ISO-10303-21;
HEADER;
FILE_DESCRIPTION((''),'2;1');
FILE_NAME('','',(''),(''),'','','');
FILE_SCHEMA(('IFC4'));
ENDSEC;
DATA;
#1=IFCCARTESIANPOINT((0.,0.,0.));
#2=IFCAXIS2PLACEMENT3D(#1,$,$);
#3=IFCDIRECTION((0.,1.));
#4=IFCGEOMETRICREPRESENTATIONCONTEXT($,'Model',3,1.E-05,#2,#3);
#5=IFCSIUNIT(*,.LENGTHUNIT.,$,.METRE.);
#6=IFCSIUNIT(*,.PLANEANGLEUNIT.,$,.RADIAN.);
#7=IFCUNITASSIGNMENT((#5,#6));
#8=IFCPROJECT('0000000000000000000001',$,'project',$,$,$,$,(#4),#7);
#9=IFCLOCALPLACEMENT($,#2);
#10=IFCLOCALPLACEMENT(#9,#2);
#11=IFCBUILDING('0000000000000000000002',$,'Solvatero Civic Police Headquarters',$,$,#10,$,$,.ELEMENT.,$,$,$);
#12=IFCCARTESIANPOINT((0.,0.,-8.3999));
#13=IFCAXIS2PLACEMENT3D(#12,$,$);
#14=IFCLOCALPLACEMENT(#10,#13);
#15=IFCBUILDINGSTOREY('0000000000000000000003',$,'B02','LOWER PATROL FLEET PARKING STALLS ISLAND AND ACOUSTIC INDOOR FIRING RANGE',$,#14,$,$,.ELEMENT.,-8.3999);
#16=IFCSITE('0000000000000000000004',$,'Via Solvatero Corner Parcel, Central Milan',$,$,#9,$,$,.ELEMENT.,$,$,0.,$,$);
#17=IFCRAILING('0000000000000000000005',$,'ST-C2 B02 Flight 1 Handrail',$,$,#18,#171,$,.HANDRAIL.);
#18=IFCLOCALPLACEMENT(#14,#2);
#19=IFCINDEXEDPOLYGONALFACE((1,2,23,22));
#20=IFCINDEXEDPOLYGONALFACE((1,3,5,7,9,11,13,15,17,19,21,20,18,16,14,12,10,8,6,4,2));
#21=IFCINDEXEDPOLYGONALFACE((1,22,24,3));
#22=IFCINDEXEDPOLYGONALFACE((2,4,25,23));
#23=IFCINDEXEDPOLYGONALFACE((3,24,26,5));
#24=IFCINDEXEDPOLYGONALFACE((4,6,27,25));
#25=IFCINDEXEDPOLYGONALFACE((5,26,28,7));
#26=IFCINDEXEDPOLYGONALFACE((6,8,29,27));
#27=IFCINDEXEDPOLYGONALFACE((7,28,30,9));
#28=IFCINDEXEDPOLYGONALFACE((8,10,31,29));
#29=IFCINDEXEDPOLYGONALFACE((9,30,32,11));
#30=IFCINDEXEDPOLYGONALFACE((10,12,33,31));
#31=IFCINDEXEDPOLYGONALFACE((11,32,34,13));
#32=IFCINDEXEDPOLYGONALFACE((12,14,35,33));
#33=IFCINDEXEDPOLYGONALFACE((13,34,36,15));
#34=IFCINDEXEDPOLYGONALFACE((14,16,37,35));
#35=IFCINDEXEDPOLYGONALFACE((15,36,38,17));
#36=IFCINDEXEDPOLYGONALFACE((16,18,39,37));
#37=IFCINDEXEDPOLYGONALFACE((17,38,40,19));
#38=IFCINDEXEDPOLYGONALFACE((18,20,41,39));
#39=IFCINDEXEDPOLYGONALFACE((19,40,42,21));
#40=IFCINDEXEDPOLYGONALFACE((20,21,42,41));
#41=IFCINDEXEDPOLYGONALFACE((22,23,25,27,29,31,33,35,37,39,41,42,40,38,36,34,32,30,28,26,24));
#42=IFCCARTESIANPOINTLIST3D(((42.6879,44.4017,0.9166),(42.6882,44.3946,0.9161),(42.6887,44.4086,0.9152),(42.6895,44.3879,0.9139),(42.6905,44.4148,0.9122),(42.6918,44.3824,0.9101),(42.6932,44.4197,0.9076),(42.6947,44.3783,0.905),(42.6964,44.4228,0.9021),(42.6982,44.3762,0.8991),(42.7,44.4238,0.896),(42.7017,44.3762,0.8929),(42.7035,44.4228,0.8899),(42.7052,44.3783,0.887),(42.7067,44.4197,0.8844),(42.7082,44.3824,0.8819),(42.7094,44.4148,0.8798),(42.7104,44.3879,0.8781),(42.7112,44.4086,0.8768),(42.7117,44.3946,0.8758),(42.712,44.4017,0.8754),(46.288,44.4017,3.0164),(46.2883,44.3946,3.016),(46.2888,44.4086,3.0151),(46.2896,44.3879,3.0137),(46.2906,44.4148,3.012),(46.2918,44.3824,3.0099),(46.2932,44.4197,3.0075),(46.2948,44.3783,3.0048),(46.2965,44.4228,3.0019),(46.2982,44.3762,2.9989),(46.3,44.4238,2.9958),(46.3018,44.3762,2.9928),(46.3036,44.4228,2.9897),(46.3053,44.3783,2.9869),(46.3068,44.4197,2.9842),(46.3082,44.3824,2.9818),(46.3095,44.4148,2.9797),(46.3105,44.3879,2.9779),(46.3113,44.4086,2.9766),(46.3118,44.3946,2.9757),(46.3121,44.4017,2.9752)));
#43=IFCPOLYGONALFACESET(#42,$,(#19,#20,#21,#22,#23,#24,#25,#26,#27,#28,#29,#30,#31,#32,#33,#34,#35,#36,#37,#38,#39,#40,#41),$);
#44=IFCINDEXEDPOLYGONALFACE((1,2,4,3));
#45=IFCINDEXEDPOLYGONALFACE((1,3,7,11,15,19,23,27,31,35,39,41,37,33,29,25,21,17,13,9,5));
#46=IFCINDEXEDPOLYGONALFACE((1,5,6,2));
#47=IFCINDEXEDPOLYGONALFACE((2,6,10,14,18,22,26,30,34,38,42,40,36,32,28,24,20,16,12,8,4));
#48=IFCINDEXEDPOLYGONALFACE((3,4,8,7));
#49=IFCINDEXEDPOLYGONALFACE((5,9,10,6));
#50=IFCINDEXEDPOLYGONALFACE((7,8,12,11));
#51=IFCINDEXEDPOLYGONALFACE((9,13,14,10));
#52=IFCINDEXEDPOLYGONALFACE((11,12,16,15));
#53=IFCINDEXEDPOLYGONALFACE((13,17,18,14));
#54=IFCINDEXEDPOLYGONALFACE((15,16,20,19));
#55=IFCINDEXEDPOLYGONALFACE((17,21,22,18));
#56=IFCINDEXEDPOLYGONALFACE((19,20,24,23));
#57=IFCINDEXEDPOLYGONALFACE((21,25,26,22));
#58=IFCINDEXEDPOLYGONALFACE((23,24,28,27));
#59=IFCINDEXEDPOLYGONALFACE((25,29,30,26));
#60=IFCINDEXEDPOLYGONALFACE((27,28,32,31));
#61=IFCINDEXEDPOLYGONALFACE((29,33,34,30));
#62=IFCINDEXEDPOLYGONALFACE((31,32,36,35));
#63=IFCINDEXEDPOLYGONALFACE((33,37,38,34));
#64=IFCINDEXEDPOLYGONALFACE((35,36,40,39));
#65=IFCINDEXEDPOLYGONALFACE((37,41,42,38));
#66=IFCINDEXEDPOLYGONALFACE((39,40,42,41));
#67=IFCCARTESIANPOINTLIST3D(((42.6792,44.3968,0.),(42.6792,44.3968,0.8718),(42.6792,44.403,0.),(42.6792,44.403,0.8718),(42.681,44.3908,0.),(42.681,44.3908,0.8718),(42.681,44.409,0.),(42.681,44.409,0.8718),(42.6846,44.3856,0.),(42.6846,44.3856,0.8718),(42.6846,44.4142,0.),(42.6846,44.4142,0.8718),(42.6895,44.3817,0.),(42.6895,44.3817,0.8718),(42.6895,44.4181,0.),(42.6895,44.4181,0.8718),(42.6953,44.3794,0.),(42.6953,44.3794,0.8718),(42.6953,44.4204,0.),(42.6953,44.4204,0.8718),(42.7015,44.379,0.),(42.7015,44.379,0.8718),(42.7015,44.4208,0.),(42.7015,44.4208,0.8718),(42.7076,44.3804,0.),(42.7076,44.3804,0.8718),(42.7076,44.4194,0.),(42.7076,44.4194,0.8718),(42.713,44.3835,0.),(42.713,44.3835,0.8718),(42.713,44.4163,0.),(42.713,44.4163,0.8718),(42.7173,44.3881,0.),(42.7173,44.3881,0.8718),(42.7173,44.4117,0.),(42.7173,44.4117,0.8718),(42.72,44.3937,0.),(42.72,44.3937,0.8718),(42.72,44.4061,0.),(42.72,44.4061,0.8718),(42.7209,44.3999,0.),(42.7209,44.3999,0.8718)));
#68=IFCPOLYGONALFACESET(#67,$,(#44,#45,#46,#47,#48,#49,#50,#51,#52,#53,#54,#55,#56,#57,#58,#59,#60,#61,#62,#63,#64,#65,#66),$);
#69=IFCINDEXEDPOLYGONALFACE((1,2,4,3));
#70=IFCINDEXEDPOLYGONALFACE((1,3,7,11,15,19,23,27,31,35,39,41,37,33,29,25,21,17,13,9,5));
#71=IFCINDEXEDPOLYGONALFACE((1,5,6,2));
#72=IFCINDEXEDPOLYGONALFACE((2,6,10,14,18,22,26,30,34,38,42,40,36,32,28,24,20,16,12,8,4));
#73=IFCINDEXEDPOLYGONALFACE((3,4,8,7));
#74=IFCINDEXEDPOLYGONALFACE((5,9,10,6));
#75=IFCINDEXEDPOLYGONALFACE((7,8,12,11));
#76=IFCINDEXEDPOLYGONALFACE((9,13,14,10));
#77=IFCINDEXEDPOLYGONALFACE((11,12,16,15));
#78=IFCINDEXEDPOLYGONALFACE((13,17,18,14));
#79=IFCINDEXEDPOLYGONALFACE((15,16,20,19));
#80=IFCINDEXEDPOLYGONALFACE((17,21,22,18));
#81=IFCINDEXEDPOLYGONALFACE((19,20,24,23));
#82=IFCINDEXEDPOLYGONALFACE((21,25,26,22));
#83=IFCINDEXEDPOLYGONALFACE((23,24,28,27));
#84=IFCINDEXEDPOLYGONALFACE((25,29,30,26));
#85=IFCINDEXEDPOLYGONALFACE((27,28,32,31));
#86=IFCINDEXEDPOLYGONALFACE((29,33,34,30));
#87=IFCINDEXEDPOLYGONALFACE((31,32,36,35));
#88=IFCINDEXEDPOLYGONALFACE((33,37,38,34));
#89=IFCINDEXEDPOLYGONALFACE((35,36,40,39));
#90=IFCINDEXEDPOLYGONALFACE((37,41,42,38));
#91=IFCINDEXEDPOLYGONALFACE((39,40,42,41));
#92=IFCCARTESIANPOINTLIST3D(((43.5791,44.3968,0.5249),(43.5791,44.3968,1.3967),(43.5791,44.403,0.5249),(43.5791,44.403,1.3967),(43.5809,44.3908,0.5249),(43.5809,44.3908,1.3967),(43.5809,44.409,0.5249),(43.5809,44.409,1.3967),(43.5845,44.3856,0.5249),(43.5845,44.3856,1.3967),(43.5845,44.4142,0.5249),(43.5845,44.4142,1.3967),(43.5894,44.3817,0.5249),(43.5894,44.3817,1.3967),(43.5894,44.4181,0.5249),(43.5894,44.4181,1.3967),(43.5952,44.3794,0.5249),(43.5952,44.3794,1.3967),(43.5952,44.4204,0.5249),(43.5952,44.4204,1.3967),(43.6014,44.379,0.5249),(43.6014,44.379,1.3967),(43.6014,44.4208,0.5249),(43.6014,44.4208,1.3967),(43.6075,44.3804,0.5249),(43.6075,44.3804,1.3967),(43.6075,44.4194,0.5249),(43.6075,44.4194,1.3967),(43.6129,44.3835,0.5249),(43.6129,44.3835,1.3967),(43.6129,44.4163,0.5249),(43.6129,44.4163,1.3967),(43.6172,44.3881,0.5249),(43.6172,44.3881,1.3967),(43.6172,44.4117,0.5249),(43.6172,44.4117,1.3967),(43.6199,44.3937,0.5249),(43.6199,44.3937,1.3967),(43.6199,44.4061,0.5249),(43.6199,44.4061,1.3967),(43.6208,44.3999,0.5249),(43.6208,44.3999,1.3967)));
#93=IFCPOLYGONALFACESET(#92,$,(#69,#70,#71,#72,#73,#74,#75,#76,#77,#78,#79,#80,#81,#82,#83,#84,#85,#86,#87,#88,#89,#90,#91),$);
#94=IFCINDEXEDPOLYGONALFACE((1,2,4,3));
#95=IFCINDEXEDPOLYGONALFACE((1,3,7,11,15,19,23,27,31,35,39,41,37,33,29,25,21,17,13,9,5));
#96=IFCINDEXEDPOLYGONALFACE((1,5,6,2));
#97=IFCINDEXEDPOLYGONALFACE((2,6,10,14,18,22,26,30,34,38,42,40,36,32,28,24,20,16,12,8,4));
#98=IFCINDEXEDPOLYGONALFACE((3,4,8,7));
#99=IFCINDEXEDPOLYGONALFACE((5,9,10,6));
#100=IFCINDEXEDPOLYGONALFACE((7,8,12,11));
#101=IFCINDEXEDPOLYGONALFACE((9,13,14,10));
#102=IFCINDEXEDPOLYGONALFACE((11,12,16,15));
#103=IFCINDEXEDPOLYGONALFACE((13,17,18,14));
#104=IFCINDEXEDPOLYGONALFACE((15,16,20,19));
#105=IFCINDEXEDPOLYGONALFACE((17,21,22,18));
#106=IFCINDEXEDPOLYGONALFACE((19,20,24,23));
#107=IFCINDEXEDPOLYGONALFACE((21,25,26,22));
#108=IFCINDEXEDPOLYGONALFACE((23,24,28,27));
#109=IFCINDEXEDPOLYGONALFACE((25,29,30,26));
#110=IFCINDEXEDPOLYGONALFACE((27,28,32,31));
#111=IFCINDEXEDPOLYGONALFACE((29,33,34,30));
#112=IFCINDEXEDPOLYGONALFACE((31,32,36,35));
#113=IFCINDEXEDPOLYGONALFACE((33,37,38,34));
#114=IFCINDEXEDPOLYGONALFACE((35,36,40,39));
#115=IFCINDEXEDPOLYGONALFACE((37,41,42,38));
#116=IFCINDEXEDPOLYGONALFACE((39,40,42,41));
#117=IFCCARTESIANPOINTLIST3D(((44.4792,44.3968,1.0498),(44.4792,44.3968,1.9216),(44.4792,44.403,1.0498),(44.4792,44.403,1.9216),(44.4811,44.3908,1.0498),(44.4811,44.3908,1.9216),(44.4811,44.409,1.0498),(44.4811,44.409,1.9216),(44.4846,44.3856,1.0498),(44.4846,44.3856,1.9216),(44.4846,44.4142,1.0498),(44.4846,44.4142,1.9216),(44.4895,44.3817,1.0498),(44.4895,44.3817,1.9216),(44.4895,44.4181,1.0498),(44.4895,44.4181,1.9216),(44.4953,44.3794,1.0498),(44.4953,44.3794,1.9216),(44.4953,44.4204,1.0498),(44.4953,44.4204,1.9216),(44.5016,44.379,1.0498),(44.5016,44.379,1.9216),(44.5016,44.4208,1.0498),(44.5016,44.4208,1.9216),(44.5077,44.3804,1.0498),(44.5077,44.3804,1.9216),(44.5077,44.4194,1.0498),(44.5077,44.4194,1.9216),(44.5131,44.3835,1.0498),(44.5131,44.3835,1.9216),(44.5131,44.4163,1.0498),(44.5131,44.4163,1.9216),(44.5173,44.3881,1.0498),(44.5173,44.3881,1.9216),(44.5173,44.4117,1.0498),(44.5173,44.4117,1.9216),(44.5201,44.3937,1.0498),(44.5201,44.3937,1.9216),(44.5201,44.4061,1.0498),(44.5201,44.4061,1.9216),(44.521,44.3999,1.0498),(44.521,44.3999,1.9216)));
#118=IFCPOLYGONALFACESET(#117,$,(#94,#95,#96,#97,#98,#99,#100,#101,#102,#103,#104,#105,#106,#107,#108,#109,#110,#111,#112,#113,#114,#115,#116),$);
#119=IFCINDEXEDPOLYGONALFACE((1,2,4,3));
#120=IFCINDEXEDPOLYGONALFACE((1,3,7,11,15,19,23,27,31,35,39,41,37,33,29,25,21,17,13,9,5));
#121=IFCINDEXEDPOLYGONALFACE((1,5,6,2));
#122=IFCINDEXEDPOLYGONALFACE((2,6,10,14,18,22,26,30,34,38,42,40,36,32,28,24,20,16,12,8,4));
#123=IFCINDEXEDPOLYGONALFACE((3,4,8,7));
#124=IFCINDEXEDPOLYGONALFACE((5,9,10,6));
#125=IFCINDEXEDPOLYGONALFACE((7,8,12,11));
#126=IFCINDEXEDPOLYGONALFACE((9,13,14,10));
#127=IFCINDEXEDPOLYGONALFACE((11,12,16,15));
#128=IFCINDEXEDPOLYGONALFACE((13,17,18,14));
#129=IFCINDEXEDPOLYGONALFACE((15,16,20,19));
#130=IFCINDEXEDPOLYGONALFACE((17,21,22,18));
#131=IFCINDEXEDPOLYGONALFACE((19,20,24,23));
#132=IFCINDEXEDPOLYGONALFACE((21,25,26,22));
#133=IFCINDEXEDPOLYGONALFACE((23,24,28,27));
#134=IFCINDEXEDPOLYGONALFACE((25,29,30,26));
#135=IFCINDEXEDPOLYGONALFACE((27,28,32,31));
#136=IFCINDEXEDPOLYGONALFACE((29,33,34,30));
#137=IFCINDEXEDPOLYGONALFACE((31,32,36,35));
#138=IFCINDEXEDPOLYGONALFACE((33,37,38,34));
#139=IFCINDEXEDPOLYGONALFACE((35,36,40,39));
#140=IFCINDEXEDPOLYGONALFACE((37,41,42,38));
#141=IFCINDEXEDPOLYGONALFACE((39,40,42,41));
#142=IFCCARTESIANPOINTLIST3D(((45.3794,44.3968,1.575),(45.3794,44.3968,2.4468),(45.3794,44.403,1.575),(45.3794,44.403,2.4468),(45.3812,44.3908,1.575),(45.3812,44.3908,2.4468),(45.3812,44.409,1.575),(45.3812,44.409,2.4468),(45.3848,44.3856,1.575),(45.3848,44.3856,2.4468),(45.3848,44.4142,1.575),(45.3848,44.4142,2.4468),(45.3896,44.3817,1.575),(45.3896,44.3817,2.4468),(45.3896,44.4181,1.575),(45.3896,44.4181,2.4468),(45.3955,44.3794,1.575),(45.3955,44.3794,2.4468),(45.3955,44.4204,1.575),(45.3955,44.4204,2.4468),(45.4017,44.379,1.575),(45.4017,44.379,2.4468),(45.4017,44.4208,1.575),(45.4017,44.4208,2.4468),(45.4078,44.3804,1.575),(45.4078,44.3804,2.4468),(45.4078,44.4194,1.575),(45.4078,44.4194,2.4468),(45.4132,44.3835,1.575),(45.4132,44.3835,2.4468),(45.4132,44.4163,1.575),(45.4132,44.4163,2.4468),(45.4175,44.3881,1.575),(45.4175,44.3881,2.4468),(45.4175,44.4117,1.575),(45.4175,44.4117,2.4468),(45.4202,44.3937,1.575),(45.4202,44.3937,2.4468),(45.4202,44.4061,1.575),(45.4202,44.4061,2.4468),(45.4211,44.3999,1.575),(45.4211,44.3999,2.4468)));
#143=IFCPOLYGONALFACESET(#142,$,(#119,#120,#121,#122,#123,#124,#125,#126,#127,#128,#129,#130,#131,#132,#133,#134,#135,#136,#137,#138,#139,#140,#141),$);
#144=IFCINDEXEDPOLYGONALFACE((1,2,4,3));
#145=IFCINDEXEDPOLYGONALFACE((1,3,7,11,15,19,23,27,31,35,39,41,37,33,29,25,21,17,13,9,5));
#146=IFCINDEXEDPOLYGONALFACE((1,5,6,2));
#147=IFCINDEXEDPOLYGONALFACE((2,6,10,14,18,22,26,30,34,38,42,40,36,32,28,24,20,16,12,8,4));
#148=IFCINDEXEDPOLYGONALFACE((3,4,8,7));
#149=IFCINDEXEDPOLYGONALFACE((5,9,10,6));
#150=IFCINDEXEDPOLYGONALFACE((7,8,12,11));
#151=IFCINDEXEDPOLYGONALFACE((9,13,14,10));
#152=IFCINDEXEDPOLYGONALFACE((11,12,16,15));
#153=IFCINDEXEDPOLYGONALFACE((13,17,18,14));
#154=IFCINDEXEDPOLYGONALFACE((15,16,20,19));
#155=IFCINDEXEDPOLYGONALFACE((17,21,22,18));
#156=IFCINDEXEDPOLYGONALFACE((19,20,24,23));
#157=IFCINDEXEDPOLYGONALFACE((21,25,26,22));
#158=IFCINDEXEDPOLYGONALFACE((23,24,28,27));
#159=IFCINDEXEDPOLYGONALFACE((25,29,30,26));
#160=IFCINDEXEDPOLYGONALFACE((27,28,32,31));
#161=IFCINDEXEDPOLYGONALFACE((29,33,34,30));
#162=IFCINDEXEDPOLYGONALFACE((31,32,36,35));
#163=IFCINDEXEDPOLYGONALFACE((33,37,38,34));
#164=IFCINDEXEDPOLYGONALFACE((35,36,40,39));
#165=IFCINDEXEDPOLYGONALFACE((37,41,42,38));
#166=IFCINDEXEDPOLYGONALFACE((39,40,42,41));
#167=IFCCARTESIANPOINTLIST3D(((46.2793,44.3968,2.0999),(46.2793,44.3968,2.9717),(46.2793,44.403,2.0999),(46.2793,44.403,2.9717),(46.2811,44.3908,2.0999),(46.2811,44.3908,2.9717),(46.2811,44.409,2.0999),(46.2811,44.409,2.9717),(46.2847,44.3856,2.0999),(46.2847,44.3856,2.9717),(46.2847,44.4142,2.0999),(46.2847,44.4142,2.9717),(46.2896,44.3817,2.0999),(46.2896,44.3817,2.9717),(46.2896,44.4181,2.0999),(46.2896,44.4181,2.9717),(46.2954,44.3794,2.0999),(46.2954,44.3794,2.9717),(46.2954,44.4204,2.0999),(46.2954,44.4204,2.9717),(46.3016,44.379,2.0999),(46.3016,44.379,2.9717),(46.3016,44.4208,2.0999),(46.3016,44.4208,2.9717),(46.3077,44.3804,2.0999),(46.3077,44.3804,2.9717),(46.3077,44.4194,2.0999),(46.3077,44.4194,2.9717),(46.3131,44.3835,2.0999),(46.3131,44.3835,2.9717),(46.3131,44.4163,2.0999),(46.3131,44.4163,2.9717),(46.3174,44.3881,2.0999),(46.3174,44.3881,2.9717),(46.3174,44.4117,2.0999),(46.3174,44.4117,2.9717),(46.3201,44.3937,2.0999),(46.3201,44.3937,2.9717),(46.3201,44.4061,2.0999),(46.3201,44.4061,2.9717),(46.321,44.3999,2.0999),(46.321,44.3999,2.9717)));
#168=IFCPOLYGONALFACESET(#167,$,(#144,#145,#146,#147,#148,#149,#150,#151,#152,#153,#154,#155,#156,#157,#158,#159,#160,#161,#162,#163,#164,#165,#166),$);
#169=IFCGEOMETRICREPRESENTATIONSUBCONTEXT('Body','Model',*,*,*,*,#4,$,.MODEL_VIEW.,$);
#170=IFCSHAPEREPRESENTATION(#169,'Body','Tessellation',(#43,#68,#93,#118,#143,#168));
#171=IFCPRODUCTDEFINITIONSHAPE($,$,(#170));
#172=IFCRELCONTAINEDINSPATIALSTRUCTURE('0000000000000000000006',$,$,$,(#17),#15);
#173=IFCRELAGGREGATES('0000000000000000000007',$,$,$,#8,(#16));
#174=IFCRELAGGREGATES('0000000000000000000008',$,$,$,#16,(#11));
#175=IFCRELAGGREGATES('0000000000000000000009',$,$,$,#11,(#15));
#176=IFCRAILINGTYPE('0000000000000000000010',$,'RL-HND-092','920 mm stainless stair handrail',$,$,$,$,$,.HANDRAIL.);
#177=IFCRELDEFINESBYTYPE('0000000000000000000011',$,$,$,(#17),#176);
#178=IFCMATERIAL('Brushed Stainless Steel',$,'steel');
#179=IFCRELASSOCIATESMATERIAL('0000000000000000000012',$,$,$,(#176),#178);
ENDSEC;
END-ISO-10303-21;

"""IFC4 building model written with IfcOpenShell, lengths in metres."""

from ifc_helpers import new_model, si_unit, direction, frame, origin, origin_2d, place, context, subcontext, project, spatial, circle, extrude, material, type_object, element, save


model = new_model("IFC4")

# Units and contexts
model_context = context("Model", 3, precision=1e-05, world=origin(), true_north=direction((0.0, 1.0)))
body_context = subcontext(model_context, "Body", "Model", "MODEL_VIEW")
ifc_project = project(units=[si_unit("LENGTHUNIT", "METRE"), si_unit("PLANEANGLEUNIT", "RADIAN")], contexts=[model_context])

# Site, building, storey
site_placement = place(None, origin())
site = spatial("IfcSite", under=ifc_project, at=site_placement, Name="Via Solvatero Corner Parcel, Central Milan", CompositionType="ELEMENT", RefElevation=0.0)
building_placement = place(site_placement, origin())
building = spatial("IfcBuilding", under=site, at=building_placement, Name="Solvatero Civic Police Headquarters", CompositionType="ELEMENT")
storey_placement = place(building_placement, frame((0.0, 0.0, -8.3999)))
storey = spatial("IfcBuildingStorey", under=building, at=storey_placement, Name="B02", Description="LOWER PATROL FLEET PARKING STALLS ISLAND AND ACOUSTIC INDOOR FIRING RANGE", CompositionType="ELEMENT", Elevation=-8.3999)

# Railing
ifc_material_1 = material(Name="Brushed Stainless Steel", Category="steel")
railing_type_1 = type_object("IfcRailingType", Name="RL-HND-092", Description="920 mm stainless stair handrail", PredefinedType="HANDRAIL", material=ifc_material_1)
railing_1_placement = place(storey_placement, frame((42.7, 44.3999, 0.0)))
element("IfcRailing", 1, at=railing_1_placement, inside=storey, type_object=railing_type_1, Name="ST-C2 B02 Flight 1 Handrail", PredefinedType="HANDRAIL", context=body_context, shape_type="SweptSolid", body=[
    extrude(circle(Radius=0.0239, at=origin_2d()), frame((0.0, 0.0, 0.896), z_axis=(0.8638, 0.0, 0.503835), x_axis=(0.0, 1.0, 0.0)), (0.0, 0.0, 1.0), 4.1677),
    extrude(circle(Radius=0.021, at=origin_2d()), origin(), (0.0, 0.0, 1.0), 0.8718),
    extrude(circle(Radius=0.021, at=origin_2d()), frame((0.8999, 0.0, 0.5249)), (0.0, 0.0, 1.0), 0.8718),
    extrude(circle(Radius=0.021, at=origin_2d()), frame((1.8, 0.0, 1.0498)), (0.0, 0.0, 1.0), 0.8718),
    extrude(circle(Radius=0.021, at=origin_2d()), frame((2.7002, 0.0, 1.575)), (0.0, 0.0, 1.0), 0.8718),
    extrude(circle(Radius=0.021, at=origin_2d()), frame((3.6001, 0.0, 2.0999)), (0.0, 0.0, 1.0), 0.8718),
])

save(model, "model.ifc")
